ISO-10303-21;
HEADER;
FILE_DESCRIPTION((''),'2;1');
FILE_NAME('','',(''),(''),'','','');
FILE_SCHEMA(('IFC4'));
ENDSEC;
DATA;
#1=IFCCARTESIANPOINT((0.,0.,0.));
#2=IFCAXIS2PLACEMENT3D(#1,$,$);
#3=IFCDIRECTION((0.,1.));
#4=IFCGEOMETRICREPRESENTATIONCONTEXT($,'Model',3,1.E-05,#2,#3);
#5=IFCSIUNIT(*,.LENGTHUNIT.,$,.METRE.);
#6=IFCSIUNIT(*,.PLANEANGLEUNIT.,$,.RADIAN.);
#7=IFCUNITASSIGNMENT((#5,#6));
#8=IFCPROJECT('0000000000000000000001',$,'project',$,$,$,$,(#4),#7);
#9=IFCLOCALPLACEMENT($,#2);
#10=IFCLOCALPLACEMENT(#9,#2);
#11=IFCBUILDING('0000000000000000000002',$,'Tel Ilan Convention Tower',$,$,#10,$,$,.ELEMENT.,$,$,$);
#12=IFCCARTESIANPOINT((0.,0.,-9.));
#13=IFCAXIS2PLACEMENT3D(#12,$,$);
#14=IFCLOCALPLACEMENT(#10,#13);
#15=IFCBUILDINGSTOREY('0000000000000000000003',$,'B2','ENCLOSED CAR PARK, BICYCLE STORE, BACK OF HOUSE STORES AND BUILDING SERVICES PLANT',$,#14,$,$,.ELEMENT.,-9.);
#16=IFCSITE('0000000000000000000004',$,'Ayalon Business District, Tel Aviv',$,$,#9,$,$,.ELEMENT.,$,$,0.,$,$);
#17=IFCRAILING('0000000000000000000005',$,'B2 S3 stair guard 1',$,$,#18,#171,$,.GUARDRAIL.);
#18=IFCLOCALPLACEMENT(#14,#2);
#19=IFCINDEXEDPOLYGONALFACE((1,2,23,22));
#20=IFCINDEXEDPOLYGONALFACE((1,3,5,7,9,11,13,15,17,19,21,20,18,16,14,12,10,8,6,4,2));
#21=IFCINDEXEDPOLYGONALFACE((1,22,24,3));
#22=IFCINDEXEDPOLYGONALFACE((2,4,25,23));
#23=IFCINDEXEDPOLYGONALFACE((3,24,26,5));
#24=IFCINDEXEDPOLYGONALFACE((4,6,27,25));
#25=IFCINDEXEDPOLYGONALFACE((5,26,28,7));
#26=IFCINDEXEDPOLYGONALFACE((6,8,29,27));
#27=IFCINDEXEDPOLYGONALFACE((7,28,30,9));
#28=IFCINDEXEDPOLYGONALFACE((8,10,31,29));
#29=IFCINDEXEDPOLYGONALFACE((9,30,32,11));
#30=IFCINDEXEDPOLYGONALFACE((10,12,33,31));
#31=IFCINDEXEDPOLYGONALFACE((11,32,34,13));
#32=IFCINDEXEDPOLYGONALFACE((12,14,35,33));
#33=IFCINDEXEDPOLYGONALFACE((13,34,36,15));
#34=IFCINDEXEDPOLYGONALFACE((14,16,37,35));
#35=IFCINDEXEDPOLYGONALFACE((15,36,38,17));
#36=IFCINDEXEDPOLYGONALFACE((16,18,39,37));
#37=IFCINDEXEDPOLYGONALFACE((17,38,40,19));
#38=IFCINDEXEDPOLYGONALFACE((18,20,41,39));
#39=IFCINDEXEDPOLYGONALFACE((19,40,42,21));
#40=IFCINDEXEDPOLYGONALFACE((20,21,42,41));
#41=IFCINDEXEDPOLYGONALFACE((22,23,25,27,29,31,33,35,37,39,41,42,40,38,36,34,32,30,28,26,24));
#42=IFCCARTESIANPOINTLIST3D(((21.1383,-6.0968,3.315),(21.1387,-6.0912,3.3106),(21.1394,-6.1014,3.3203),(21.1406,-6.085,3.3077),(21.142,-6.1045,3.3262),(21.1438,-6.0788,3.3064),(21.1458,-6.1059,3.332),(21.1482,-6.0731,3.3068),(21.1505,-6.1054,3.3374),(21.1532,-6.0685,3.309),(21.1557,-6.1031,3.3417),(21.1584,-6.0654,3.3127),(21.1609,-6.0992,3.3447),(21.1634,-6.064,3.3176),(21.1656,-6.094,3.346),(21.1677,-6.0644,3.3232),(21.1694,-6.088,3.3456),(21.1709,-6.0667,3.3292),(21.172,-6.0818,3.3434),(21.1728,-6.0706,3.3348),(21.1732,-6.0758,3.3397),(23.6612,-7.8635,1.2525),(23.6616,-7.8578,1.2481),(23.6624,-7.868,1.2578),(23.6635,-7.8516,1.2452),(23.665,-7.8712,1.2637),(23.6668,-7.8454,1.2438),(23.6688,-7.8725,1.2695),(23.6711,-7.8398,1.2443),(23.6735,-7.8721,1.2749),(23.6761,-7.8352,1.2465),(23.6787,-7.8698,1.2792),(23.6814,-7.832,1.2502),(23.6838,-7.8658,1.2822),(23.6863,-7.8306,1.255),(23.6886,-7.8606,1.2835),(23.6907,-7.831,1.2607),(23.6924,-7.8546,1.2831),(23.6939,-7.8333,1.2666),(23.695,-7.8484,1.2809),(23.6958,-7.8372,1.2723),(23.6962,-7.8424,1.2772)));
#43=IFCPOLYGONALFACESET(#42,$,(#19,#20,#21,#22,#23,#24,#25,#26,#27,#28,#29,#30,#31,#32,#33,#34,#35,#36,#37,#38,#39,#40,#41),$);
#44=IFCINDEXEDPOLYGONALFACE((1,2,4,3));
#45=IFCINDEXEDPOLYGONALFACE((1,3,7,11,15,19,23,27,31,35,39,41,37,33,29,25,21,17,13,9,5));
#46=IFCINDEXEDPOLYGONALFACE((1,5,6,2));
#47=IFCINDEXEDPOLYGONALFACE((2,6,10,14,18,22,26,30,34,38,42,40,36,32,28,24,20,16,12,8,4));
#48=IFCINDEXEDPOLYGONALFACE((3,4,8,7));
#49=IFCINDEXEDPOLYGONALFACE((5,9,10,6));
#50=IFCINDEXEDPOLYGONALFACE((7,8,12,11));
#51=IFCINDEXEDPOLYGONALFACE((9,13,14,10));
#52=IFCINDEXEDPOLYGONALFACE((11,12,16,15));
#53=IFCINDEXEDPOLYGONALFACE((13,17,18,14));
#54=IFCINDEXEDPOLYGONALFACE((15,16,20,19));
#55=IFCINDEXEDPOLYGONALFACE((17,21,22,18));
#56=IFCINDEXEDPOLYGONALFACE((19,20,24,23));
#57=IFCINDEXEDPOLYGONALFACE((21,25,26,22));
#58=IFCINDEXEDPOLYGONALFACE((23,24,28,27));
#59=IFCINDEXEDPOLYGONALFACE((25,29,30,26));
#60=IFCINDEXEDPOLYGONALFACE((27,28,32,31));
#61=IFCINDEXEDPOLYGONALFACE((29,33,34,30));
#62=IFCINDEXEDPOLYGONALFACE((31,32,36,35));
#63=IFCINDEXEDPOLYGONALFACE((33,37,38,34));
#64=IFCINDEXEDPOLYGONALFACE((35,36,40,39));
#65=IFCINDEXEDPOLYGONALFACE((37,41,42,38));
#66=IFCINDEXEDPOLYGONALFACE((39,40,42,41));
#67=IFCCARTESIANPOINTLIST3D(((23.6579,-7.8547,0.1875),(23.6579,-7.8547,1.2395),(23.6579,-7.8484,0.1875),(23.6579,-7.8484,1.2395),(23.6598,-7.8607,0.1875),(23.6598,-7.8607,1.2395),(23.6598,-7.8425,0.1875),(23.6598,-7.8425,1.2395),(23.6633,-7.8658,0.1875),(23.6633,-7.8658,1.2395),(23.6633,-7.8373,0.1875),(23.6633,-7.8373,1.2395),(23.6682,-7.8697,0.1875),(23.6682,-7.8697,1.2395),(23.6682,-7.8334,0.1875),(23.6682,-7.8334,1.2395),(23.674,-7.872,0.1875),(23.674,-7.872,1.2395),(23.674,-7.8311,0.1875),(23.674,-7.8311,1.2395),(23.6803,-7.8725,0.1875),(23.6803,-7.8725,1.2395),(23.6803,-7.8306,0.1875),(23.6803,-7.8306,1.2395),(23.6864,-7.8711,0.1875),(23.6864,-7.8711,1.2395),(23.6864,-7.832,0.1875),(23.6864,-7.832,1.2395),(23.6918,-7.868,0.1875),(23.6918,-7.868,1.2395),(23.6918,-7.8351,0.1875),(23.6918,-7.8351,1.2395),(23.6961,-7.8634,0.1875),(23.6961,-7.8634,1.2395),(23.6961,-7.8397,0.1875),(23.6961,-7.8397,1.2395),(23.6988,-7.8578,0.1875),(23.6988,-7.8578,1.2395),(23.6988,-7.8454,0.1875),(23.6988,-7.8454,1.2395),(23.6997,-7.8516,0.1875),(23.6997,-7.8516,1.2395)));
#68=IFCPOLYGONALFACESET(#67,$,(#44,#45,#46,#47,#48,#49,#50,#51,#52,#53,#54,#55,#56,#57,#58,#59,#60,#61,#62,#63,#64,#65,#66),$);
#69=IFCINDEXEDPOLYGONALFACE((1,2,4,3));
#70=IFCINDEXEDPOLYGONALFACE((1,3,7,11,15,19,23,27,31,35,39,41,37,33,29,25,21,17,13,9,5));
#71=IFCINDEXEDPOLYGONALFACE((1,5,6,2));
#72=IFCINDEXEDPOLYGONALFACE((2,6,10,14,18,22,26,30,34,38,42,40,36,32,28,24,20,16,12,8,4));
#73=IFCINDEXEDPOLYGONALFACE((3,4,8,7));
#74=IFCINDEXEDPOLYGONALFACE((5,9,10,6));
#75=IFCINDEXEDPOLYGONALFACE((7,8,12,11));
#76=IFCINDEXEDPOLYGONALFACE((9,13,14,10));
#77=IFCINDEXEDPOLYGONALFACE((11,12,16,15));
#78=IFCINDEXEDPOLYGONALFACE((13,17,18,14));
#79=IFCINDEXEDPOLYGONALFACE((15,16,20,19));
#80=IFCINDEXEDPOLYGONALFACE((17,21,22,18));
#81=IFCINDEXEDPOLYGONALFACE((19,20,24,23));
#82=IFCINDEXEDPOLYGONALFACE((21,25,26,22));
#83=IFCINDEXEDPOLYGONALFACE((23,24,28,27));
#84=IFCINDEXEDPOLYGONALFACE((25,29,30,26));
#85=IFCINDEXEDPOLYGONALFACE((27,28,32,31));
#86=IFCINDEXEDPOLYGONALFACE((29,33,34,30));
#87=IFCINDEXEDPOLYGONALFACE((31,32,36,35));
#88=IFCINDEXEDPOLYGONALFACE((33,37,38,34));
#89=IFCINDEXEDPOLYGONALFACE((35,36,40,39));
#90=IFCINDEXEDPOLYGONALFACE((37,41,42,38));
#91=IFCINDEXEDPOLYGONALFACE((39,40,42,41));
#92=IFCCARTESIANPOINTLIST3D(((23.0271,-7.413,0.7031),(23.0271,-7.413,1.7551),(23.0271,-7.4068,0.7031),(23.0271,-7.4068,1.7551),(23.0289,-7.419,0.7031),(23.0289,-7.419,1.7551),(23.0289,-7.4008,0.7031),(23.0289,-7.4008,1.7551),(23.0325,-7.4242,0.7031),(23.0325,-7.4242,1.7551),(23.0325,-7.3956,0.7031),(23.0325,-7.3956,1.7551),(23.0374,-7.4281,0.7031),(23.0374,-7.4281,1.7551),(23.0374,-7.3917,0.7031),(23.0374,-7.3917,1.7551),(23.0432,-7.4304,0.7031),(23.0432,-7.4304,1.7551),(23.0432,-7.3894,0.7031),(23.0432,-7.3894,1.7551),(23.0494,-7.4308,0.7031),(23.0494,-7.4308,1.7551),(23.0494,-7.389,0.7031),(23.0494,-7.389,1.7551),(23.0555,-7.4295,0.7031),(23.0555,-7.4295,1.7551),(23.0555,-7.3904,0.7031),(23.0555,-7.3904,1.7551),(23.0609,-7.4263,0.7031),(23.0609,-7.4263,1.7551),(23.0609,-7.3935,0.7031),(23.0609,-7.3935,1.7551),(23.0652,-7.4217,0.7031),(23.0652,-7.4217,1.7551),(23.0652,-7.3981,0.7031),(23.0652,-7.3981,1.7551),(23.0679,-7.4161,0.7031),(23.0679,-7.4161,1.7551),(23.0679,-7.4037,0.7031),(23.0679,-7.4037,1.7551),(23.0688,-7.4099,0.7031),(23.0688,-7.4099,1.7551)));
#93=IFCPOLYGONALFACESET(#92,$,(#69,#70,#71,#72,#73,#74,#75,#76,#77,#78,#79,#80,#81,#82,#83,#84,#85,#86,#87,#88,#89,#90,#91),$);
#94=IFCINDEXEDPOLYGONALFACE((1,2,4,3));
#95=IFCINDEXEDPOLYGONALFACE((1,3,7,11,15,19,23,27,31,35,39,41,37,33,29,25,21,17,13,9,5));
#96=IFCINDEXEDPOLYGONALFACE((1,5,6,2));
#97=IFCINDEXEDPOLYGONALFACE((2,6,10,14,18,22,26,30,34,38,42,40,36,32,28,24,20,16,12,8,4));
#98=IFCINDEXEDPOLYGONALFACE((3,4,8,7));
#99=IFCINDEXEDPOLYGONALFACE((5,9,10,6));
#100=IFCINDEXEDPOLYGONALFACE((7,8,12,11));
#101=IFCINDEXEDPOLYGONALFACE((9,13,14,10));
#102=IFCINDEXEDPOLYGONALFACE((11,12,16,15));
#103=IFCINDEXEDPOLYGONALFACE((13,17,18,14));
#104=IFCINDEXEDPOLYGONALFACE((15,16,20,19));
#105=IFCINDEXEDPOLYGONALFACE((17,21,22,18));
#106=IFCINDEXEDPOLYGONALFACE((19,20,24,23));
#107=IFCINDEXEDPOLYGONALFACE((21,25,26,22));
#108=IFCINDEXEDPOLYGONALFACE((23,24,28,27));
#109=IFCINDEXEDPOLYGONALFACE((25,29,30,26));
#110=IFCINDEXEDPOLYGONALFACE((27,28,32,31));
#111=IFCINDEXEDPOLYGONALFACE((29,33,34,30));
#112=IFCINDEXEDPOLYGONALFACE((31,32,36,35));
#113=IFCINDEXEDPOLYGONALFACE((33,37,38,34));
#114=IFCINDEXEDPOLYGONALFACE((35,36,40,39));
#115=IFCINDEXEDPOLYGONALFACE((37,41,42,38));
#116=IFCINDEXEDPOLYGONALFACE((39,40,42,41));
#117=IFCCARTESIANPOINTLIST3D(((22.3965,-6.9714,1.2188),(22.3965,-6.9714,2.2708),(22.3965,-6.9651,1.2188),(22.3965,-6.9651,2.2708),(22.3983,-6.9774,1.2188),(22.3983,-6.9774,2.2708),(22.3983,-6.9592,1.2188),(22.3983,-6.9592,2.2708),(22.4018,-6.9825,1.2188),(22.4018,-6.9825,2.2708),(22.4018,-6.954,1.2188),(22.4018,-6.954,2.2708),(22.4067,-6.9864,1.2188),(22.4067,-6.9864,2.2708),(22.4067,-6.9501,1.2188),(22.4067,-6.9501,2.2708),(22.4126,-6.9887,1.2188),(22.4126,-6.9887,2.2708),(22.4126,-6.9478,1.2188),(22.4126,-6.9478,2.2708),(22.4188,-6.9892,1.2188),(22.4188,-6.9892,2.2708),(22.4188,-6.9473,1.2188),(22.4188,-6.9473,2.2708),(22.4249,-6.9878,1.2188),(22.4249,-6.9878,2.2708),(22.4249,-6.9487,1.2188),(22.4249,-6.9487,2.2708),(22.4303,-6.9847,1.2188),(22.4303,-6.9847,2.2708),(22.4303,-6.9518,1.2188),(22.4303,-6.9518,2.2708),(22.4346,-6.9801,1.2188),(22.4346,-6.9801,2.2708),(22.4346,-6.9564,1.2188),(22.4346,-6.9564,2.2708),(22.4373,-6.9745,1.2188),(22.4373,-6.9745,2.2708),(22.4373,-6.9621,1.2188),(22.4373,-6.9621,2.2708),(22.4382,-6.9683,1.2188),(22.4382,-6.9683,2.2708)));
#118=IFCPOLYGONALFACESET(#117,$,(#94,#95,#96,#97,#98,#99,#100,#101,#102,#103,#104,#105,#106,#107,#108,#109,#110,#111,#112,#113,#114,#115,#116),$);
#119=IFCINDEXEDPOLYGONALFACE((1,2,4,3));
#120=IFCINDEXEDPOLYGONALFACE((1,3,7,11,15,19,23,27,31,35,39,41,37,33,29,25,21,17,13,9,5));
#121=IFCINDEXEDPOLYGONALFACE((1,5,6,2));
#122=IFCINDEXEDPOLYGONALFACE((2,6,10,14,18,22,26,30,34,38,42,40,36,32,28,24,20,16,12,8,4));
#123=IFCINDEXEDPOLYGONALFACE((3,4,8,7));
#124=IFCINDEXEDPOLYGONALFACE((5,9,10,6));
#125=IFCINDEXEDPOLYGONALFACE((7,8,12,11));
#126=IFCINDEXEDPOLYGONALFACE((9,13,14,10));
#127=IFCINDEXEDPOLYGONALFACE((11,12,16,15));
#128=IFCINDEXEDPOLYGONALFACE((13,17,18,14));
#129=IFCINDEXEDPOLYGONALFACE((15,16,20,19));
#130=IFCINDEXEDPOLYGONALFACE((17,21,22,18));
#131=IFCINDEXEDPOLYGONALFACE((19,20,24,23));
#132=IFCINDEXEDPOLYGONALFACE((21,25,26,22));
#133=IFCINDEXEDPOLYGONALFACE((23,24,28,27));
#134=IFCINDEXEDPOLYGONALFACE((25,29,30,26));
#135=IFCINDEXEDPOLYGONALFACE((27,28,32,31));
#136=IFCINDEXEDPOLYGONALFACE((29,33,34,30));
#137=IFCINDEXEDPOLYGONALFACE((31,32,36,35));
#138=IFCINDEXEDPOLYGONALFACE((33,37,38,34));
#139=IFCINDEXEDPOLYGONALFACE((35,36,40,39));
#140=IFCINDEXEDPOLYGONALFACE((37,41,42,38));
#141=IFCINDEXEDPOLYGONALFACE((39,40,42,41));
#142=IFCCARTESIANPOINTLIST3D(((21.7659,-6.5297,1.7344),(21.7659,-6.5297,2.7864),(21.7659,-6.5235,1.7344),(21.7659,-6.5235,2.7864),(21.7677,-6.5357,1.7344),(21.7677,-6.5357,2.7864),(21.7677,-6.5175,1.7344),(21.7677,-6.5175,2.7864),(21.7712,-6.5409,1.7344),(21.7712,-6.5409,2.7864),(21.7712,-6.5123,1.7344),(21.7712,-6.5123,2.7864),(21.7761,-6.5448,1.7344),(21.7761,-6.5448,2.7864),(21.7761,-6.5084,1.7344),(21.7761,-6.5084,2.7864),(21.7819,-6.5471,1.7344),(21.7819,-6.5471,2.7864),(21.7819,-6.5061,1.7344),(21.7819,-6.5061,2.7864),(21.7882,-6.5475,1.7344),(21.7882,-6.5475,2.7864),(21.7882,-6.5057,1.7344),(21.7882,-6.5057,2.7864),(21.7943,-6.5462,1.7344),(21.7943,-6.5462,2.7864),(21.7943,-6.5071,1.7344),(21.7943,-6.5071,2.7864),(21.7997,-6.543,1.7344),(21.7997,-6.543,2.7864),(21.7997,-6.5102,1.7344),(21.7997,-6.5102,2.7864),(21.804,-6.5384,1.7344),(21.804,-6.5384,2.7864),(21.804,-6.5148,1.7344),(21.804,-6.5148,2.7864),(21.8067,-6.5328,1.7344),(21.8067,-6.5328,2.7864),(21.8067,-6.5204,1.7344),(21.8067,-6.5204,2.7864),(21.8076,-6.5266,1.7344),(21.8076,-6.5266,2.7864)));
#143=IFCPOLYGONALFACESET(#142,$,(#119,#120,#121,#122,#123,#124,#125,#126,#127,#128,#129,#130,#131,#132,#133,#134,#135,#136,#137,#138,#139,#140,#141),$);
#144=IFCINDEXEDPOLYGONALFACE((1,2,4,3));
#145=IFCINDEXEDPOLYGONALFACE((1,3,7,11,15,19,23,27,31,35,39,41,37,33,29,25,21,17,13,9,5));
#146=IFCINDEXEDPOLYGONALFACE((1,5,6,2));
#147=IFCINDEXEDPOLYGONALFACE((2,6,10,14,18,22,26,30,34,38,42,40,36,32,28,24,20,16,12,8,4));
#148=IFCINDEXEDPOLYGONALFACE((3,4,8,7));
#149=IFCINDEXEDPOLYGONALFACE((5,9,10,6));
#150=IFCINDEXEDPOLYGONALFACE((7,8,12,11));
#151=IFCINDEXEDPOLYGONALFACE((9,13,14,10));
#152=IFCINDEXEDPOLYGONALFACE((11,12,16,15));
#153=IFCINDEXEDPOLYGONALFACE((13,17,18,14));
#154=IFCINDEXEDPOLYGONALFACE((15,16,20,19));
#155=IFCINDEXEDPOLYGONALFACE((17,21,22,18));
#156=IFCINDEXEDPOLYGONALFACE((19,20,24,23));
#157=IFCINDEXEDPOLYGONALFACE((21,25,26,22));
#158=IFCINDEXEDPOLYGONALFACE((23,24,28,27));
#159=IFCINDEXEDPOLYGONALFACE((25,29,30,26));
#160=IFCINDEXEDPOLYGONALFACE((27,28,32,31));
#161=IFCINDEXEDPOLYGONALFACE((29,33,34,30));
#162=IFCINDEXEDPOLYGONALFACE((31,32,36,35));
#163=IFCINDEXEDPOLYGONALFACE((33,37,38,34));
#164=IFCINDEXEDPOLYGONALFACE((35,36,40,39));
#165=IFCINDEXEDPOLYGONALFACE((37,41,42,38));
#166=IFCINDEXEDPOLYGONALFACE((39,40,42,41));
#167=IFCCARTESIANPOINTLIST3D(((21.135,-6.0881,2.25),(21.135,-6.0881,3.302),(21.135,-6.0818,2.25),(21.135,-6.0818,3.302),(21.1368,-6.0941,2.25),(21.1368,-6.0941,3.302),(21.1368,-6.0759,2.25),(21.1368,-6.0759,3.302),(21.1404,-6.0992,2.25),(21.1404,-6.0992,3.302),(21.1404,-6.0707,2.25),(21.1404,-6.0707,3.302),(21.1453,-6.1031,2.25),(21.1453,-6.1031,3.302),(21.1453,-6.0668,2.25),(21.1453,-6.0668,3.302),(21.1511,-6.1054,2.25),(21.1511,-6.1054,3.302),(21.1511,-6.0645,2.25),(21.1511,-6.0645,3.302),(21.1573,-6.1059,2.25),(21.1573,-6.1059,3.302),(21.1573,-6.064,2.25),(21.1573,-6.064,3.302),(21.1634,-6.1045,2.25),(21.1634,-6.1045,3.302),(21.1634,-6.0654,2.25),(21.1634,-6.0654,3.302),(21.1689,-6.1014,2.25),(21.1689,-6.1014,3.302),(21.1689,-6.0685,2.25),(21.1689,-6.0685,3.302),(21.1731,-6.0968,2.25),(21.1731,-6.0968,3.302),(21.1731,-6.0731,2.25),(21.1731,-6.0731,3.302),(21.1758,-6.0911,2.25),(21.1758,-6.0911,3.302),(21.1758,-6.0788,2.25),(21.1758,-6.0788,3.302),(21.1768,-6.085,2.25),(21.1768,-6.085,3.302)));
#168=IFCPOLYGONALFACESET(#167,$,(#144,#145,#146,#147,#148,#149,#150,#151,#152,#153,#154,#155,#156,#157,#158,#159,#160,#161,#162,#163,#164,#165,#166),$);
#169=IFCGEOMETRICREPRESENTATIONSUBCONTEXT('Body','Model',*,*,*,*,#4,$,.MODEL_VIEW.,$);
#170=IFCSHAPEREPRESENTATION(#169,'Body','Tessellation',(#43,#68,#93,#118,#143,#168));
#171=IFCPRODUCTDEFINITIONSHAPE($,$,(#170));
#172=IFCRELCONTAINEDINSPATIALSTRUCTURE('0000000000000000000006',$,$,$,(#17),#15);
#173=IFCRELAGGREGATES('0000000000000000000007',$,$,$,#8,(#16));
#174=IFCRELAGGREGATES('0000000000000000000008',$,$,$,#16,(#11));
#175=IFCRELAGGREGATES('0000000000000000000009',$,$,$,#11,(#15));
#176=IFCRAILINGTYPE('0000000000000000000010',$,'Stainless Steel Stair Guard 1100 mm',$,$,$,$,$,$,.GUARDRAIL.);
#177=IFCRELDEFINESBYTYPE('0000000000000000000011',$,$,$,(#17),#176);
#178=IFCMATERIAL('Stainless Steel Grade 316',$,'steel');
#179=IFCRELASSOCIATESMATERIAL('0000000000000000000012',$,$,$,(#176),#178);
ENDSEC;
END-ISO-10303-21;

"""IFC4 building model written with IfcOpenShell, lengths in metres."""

from ifc_helpers import new_model, si_unit, direction, frame, origin, origin_2d, place, context, subcontext, project, spatial, circle, extrude, material, type_object, element, save


model = new_model("IFC4")

# Units and contexts
model_context = context("Model", 3, precision=1e-05, world=origin(), true_north=direction((0.0, 1.0)))
body_context = subcontext(model_context, "Body", "Model", "MODEL_VIEW")
ifc_project = project(units=[si_unit("LENGTHUNIT", "METRE"), si_unit("PLANEANGLEUNIT", "RADIAN")], contexts=[model_context])

# Site, building, storey
site_placement = place(None, origin())
site = spatial("IfcSite", under=ifc_project, at=site_placement, Name="Ayalon Business District, Tel Aviv", CompositionType="ELEMENT", RefElevation=0.0)
building_placement = place(site_placement, origin())
building = spatial("IfcBuilding", under=site, at=building_placement, Name="Tel Ilan Convention Tower", CompositionType="ELEMENT")
storey_placement = place(building_placement, frame((0.0, 0.0, -9.0)))
storey = spatial("IfcBuildingStorey", under=building, at=storey_placement, Name="B2", Description="ENCLOSED CAR PARK, BICYCLE STORE, BACK OF HOUSE STORES AND BUILDING SERVICES PLANT", CompositionType="ELEMENT", Elevation=-9.0)

# Railing
ifc_material_1 = material(Name="Stainless Steel Grade 316", Category="steel")
railing_type_1 = type_object("IfcRailingType", Name="Stainless Steel Stair Guard 1100 mm", PredefinedType="GUARDRAIL", material=ifc_material_1)
railing_1_placement = place(storey_placement, frame((23.6787, -7.8516, 0.1875)))
element("IfcRailing", 1, at=railing_1_placement, inside=storey, type_object=railing_type_1, Name="B2 S3 stair guard 1", PredefinedType="GUARDRAIL", context=body_context, shape_type="SweptSolid", body=[
    extrude(circle(Radius=0.0239, at=origin_2d()), frame((0.0, 0.0, 1.0762), z_axis=(-0.680635, 0.476589, 0.556416), x_axis=(-0.573579, -0.81915, 0.0)), (0.0, 0.0, 1.0), 3.7068),
    extrude(circle(Radius=0.021, at=origin_2d()), origin(), (0.0, 0.0, 1.0), 1.052),
    extrude(circle(Radius=0.021, at=origin_2d()), frame((-0.6309, 0.4417, 0.5156)), (0.0, 0.0, 1.0), 1.052),
    extrude(circle(Radius=0.021, at=origin_2d()), frame((-1.2615, 0.8833, 1.0312)), (0.0, 0.0, 1.0), 1.052),
    extrude(circle(Radius=0.021, at=origin_2d()), frame((-1.8921, 1.325, 1.5469)), (0.0, 0.0, 1.0), 1.052),
    extrude(circle(Radius=0.021, at=origin_2d()), frame((-2.5229, 1.7666, 2.0625)), (0.0, 0.0, 1.0), 1.052),
])

save(model, "model.ifc")
